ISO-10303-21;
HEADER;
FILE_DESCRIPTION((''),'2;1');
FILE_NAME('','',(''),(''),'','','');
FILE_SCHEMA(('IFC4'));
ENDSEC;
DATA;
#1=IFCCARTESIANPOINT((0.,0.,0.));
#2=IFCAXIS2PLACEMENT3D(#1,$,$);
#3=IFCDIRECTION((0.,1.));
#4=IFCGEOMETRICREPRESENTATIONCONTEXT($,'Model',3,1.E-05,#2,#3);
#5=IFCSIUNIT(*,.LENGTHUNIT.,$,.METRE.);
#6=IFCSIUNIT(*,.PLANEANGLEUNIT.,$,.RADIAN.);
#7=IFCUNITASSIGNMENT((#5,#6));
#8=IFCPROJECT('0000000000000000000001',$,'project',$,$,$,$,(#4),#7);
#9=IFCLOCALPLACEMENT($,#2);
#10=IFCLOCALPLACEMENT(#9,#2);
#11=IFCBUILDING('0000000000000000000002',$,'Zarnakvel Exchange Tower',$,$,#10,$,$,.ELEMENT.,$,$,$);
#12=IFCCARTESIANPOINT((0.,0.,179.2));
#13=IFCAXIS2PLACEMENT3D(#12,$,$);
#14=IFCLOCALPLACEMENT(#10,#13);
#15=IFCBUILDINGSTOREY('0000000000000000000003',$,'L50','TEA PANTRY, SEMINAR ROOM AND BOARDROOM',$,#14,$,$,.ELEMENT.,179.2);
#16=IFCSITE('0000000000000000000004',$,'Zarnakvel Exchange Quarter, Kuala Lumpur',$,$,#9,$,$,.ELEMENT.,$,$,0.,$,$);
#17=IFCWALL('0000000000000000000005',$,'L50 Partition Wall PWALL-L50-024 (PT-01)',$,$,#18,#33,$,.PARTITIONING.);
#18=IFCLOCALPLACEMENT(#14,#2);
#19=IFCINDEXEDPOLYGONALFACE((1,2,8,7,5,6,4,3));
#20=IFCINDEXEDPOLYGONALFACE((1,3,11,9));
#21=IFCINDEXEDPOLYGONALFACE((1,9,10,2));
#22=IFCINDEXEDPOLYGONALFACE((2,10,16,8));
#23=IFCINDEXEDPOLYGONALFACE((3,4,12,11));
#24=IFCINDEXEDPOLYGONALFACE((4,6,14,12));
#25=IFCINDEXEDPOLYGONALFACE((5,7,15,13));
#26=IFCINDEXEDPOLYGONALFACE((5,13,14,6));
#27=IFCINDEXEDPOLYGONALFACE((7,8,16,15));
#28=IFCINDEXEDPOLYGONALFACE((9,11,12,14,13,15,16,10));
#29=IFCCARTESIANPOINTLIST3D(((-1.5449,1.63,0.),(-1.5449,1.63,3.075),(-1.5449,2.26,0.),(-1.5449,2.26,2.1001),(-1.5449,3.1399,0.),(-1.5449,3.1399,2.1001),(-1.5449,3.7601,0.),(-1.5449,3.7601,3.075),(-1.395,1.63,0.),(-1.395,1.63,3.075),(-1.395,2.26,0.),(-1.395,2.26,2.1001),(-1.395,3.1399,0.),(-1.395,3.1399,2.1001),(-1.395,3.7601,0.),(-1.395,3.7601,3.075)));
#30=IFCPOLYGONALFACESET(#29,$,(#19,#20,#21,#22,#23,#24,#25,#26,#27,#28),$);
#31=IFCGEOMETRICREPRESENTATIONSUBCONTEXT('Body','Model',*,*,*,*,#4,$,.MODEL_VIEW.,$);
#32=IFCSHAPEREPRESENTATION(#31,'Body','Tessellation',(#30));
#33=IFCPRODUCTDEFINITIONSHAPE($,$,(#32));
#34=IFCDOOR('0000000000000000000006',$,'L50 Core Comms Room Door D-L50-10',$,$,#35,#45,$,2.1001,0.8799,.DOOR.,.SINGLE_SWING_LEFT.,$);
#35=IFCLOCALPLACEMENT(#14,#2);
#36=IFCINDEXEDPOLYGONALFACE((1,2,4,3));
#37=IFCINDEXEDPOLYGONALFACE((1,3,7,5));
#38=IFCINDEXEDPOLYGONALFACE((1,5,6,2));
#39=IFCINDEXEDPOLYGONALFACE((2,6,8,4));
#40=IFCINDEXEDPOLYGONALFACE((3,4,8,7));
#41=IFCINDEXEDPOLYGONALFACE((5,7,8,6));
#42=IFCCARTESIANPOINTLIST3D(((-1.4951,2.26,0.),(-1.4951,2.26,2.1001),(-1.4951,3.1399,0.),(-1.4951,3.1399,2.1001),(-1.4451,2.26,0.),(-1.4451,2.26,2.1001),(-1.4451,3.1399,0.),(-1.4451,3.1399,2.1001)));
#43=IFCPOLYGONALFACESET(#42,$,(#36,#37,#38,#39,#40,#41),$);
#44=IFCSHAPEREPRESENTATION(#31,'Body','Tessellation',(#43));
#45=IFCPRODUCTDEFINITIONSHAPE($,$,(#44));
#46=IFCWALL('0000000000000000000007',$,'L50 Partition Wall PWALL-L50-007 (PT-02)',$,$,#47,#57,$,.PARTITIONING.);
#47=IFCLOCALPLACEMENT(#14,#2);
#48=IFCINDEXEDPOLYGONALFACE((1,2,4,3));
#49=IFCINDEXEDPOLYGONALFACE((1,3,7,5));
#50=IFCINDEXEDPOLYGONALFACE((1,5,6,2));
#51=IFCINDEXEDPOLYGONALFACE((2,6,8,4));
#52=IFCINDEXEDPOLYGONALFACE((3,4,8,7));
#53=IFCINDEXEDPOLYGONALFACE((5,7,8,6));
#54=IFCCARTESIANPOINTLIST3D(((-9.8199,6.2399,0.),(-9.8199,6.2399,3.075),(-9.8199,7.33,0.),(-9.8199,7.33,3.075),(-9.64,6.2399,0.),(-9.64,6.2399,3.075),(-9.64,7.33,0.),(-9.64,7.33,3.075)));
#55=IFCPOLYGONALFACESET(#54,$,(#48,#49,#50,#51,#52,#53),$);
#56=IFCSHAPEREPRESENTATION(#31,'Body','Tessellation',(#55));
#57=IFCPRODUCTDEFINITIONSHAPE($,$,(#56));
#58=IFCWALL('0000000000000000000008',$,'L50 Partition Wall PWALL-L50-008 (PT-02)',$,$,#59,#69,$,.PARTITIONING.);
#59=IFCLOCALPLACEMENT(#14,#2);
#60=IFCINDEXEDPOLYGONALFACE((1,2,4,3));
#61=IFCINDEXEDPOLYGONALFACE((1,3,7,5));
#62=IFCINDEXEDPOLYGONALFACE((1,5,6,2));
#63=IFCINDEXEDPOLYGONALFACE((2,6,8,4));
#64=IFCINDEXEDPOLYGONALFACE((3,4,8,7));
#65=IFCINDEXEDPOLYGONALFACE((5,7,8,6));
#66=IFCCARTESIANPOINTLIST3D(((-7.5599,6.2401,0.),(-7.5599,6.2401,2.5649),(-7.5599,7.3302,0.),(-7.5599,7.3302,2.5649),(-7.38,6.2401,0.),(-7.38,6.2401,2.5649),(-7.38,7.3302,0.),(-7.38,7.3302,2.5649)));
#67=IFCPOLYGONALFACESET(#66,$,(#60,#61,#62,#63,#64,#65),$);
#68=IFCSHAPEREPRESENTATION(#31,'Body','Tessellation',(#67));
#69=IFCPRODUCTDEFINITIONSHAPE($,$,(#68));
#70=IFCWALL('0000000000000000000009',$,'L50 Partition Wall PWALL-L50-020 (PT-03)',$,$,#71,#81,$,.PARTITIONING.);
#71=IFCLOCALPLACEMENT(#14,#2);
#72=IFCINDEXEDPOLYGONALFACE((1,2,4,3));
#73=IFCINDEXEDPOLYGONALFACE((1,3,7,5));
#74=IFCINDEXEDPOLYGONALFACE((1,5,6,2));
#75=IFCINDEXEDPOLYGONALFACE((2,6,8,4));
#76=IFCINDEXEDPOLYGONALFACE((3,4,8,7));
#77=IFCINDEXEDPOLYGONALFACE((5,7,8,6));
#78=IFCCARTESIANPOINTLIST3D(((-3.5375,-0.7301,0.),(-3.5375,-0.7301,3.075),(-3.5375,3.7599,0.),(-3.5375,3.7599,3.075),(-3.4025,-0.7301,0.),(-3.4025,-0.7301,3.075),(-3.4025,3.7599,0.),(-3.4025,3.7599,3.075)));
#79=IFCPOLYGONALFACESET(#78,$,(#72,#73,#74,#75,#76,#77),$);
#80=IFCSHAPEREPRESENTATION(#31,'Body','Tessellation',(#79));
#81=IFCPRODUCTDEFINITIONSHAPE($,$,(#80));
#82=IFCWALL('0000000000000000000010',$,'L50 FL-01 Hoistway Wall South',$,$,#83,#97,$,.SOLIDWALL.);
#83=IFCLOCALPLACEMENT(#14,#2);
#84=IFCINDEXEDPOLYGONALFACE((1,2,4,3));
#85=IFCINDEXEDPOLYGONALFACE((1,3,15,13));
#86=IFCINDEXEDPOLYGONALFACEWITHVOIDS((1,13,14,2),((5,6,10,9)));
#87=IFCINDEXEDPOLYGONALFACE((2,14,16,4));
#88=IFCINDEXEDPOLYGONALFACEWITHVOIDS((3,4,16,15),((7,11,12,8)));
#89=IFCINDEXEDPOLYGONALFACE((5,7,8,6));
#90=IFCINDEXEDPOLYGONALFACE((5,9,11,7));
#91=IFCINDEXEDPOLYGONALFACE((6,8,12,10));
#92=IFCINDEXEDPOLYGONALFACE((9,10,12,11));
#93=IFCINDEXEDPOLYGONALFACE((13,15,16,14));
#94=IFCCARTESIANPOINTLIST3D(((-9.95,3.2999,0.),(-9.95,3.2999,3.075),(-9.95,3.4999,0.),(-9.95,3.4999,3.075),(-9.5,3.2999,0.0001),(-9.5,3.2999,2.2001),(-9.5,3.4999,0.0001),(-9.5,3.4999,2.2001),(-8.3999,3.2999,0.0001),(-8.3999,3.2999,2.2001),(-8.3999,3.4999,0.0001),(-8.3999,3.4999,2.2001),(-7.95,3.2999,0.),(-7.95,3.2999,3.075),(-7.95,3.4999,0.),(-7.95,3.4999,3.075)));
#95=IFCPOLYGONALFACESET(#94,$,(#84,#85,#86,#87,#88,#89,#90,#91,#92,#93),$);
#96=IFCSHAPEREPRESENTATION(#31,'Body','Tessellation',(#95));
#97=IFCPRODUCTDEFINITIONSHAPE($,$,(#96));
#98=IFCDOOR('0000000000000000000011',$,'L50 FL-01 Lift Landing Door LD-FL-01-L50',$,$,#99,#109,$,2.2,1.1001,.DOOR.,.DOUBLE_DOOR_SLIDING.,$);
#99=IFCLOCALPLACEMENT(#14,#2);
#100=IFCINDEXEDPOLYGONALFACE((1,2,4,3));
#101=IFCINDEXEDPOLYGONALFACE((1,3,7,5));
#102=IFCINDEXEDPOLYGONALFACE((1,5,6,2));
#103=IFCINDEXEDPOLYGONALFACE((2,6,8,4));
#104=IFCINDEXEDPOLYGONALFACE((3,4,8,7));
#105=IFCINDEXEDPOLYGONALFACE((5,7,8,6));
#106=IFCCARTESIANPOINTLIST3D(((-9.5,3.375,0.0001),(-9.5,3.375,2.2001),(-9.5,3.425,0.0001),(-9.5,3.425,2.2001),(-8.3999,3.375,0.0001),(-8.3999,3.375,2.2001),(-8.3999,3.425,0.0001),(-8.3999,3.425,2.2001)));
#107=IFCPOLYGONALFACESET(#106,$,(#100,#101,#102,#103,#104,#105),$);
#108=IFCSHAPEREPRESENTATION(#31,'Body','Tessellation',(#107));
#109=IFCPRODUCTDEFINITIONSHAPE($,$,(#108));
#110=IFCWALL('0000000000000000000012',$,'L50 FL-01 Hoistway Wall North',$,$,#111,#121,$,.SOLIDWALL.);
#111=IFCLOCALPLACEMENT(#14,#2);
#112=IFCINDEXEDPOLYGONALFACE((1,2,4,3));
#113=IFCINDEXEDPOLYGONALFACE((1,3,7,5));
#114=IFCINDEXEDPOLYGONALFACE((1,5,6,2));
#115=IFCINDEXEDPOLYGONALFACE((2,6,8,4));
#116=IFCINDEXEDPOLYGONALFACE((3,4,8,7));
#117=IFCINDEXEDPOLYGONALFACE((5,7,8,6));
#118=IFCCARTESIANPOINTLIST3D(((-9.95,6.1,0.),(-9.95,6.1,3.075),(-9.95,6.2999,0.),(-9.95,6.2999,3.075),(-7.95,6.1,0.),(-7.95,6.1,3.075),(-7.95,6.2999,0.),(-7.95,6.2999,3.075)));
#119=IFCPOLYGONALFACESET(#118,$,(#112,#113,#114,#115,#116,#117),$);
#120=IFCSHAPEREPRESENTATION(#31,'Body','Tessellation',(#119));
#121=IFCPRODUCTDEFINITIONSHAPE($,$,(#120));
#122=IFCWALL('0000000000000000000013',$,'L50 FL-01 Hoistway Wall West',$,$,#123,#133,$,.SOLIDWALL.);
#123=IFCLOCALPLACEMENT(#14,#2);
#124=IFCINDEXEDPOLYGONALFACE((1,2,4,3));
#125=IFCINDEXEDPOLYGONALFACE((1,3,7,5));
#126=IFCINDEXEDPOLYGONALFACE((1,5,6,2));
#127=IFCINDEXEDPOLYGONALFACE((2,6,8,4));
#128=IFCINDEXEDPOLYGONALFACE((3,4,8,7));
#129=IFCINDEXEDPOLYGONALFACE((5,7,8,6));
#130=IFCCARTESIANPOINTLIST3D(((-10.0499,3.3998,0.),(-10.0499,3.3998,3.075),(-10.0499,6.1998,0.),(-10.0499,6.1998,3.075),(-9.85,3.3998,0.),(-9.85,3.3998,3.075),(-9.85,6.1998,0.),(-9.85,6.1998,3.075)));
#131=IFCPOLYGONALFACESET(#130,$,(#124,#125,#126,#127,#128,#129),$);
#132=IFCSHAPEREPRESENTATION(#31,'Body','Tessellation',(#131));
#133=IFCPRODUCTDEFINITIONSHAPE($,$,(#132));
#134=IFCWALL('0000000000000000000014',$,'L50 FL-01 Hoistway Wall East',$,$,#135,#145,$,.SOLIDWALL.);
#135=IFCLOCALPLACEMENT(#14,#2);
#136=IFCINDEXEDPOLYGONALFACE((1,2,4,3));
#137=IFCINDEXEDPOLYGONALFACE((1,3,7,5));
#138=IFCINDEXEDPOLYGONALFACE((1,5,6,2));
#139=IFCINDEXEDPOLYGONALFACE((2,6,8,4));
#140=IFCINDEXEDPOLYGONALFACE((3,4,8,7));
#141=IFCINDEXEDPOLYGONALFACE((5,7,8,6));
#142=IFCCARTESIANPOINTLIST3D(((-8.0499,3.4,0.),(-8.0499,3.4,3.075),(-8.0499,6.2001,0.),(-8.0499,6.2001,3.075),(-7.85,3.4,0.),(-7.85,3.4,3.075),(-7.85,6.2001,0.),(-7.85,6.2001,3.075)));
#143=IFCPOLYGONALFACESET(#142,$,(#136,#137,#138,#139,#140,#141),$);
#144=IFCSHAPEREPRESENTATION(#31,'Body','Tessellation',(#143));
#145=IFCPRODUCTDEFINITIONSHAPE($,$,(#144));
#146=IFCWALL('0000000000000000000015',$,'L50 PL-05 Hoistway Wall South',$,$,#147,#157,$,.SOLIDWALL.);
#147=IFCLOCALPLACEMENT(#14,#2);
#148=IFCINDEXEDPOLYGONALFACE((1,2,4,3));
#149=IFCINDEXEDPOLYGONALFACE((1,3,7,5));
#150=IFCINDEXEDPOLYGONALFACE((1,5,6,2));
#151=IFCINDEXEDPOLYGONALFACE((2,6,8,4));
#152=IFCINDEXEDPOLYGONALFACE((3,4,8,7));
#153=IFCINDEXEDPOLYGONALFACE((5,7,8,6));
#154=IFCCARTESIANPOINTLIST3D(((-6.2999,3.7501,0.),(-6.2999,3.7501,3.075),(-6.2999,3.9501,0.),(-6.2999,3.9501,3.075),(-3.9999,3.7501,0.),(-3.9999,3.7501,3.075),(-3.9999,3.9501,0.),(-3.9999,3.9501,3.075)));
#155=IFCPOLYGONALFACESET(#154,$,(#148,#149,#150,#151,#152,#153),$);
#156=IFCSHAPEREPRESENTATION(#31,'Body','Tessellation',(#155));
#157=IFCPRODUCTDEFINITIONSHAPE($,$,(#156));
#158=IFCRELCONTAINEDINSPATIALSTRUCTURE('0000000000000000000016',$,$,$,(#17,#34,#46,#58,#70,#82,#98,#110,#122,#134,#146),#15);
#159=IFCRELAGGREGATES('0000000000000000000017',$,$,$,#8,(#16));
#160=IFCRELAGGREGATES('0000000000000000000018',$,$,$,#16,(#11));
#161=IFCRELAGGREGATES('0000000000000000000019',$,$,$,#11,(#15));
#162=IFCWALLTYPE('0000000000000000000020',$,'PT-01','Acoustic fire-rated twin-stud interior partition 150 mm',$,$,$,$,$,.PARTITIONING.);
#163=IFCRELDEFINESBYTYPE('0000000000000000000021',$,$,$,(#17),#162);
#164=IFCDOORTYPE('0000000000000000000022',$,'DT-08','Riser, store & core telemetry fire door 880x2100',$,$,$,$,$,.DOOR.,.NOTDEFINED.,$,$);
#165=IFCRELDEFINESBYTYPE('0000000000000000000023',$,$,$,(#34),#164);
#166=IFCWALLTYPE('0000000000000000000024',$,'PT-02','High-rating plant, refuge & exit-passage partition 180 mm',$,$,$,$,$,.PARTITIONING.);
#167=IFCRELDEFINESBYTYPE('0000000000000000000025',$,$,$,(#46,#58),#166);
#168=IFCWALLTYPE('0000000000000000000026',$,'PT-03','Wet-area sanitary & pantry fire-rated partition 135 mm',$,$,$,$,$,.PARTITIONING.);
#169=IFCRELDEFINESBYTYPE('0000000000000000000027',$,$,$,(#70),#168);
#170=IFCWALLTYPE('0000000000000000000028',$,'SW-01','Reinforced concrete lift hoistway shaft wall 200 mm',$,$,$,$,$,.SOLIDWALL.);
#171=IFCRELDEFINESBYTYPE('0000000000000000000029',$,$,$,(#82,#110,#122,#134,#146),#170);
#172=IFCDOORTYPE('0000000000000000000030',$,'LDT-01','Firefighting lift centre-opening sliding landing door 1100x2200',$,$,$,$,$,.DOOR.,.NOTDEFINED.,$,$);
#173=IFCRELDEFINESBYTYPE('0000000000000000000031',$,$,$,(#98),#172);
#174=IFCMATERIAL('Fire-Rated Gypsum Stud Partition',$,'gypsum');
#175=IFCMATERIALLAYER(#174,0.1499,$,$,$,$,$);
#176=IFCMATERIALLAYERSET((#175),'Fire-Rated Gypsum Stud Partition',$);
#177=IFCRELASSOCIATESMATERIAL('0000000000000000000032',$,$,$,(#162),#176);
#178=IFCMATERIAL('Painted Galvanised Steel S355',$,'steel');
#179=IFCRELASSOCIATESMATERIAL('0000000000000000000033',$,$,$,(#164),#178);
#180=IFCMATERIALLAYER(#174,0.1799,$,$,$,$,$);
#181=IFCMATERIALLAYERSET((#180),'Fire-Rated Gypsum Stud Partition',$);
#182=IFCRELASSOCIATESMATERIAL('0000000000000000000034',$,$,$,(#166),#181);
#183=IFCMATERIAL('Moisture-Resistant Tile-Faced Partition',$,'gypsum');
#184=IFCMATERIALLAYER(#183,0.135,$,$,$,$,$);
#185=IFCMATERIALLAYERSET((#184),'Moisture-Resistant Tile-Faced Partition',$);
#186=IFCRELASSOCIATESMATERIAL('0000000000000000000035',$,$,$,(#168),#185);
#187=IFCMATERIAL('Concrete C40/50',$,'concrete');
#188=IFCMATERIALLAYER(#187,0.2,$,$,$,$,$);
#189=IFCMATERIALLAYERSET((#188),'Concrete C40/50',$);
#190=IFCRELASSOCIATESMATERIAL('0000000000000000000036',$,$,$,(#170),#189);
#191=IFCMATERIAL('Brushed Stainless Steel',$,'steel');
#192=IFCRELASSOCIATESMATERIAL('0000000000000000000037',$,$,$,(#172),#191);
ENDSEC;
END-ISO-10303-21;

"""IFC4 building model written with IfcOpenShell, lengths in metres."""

from ifc_helpers import new_model, si_unit, direction, frame, frame_2d, origin, place, context, subcontext, project, spatial, rectangle, extrude, source, transform, mapped, material, layer, layer_set, type_object, element, fill, save


model = new_model("IFC4")

# Units and contexts
model_context = context("Model", 3, precision=1e-05, world=origin(), true_north=direction((0.0, 1.0)))
body_context = subcontext(model_context, "Body", "Model", "MODEL_VIEW")
ifc_project = project(units=[si_unit("LENGTHUNIT", "METRE"), si_unit("PLANEANGLEUNIT", "RADIAN")], contexts=[model_context])

# Site, building, storey
site_placement = place(None, origin())
site = spatial("IfcSite", under=ifc_project, at=site_placement, Name="Zarnakvel Exchange Quarter, Kuala Lumpur", CompositionType="ELEMENT", RefElevation=0.0)
building_placement = place(site_placement, origin())
building = spatial("IfcBuilding", under=site, at=building_placement, Name="Zarnakvel Exchange Tower", CompositionType="ELEMENT")
storey_placement = place(building_placement, frame((0.0, 0.0, 179.2)))
storey = spatial("IfcBuildingStorey", under=building, at=storey_placement, Name="L50", Description="TEA PANTRY, SEMINAR ROOM AND BOARDROOM", CompositionType="ELEMENT", Elevation=179.2)

# Wall, opening, door
ifc_material_1 = material(Name="Fire-Rated Gypsum Stud Partition", Category="gypsum")
ifc_layer_1 = layer(ifc_material_1, 0.1499)
ifc_layer_set_1 = layer_set([ifc_layer_1], Name="Fire-Rated Gypsum Stud Partition")
wall_type_1 = type_object("IfcWallType", Name="PT-01", Description="Acoustic fire-rated twin-stud interior partition 150 mm", PredefinedType="PARTITIONING", material=ifc_layer_set_1)
wall_1_placement = place(storey_placement, frame((-1.47, 3.76, 0.0), z_axis=(0.0, 0.0, 1.0), x_axis=(0.0, -1.0, 0.0)))
wall_1 = element("IfcWall", 1, at=wall_1_placement, inside=storey, type_object=wall_type_1, Name="L50 Partition Wall PWALL-L50-024 (PT-01)", PredefinedType="PARTITIONING", context=body_context, shape_type="SweptSolid", body=[
    extrude(rectangle(XDim=2.1301, YDim=0.1499, at=frame_2d((1.0649, 0.0))), origin(), (0.0, 0.0, 1.0), 3.075),
])
opening_1_placement = place(wall_1_placement, frame((0.6201, 0.0, 0.0)))
opening_1 = element("IfcOpeningElement", 2, at=opening_1_placement, cuts=wall_1, PredefinedType="OPENING", context=body_context, shape_type="SweptSolid", body=[
    extrude(rectangle(XDim=0.8799, YDim=2.1001, at=frame_2d((0.4399, 1.05))), frame((0.0, 0.085, 0.0), z_axis=(0.0, -1.0, 0.0), x_axis=(1.0, 0.0, 0.0)), (0.0, 0.0, 1.0), 0.1699),
])
ifc_material_2 = material(Name="Painted Galvanised Steel S355", Category="steel")
door_type_1 = type_object("IfcDoorType", Name="DT-08", Description="Riser, store & core telemetry fire door 880x2100", OperationType="NOTDEFINED", PredefinedType="DOOR", material=ifc_material_2)
shared_shape_1 = source(origin(), body_context, "Body", "SweptSolid", [
    extrude(rectangle(XDim=0.8799, YDim=2.1001, at=frame_2d((0.4399, 1.05))), frame((0.0, 0.0249, 0.0), z_axis=(0.0, -1.0, 0.0), x_axis=(1.0, 0.0, 0.0)), (0.0, 0.0, 1.0), 0.05),
])
door_1_placement = place(opening_1_placement, origin())
door_1 = element("IfcDoor", 3, at=door_1_placement, inside=storey, type_object=door_type_1, Name="L50 Core Comms Room Door D-L50-10", OperationType="SINGLE_SWING_LEFT", OverallHeight=2.1001, OverallWidth=0.8799, PredefinedType="DOOR", context=body_context, shape_type="MappedRepresentation", body=[
    mapped(shared_shape_1, transform((0.0, 0.0, 0.0), x_axis=(1.0, 0.0, 0.0), y_axis=(0.0, 1.0, 0.0), z_axis=(0.0, 0.0, 1.0), scale=1.0)),
])
fill(opening_1, door_1)

# Walls
ifc_layer_2 = layer(ifc_material_1, 0.1799)
ifc_layer_set_2 = layer_set([ifc_layer_2], Name="Fire-Rated Gypsum Stud Partition")
wall_type_2 = type_object("IfcWallType", Name="PT-02", Description="High-rating plant, refuge & exit-passage partition 180 mm", PredefinedType="PARTITIONING", material=ifc_layer_set_2)
wall_2_placement = place(storey_placement, frame((-9.73, 6.24, 0.0), z_axis=(0.0, 0.0, 1.0), x_axis=(0.0, 1.0, 0.0)))
element("IfcWall", 4, at=wall_2_placement, inside=storey, type_object=wall_type_2, Name="L50 Partition Wall PWALL-L50-007 (PT-02)", PredefinedType="PARTITIONING", context=body_context, shape_type="SweptSolid", body=[
    extrude(rectangle(XDim=1.0901, YDim=0.1799, at=frame_2d((0.5449, 0.0))), origin(), (0.0, 0.0, 1.0), 3.075),
])
wall_3_placement = place(storey_placement, frame((-7.47, 7.3301, 0.0), z_axis=(0.0, 0.0, 1.0), x_axis=(0.0, -1.0, 0.0)))
element("IfcWall", 5, at=wall_3_placement, inside=storey, type_object=wall_type_2, Name="L50 Partition Wall PWALL-L50-008 (PT-02)", PredefinedType="PARTITIONING", context=body_context, shape_type="SweptSolid", body=[
    extrude(rectangle(XDim=1.0901, YDim=0.1799, at=frame_2d((0.5449, 0.0))), origin(), (0.0, 0.0, 1.0), 2.5649),
])
ifc_material_3 = material(Name="Moisture-Resistant Tile-Faced Partition", Category="gypsum")
ifc_layer_3 = layer(ifc_material_3, 0.135)
ifc_layer_set_3 = layer_set([ifc_layer_3], Name="Moisture-Resistant Tile-Faced Partition")
wall_type_3 = type_object("IfcWallType", Name="PT-03", Description="Wet-area sanitary & pantry fire-rated partition 135 mm", PredefinedType="PARTITIONING", material=ifc_layer_set_3)
wall_4_placement = place(storey_placement, frame((-3.47, 3.76, 0.0), z_axis=(0.0, 0.0, 1.0), x_axis=(0.0, -1.0, 0.0)))
element("IfcWall", 6, at=wall_4_placement, inside=storey, type_object=wall_type_3, Name="L50 Partition Wall PWALL-L50-020 (PT-03)", PredefinedType="PARTITIONING", context=body_context, shape_type="SweptSolid", body=[
    extrude(rectangle(XDim=4.49, YDim=0.135, at=frame_2d((2.2451, 0.0))), origin(), (0.0, 0.0, 1.0), 3.075),
])

# Wall, opening, door
ifc_material_4 = material(Name="Concrete C40/50", Category="concrete")
ifc_layer_4 = layer(ifc_material_4, 0.2)
ifc_layer_set_4 = layer_set([ifc_layer_4], Name="Concrete C40/50")
wall_type_4 = type_object("IfcWallType", Name="SW-01", Description="Reinforced concrete lift hoistway shaft wall 200 mm", PredefinedType="SOLIDWALL", material=ifc_layer_set_4)
wall_5_placement = place(storey_placement, frame((-7.95, 3.3999, 0.0), z_axis=(0.0, 0.0, 1.0), x_axis=(-1.0, 0.0, 0.0)))
wall_5 = element("IfcWall", 7, at=wall_5_placement, inside=storey, type_object=wall_type_4, Name="L50 FL-01 Hoistway Wall South", PredefinedType="SOLIDWALL", context=body_context, shape_type="SweptSolid", body=[
    extrude(rectangle(XDim=2.0, YDim=0.2, at=frame_2d((1.0, 0.0))), origin(), (0.0, 0.0, 1.0), 3.075),
])
opening_2_placement = place(wall_5_placement, frame((0.45, 0.0, 0.0)))
opening_2 = element("IfcOpeningElement", 8, at=opening_2_placement, cuts=wall_5, PredefinedType="OPENING", context=body_context, shape_type="SweptSolid", body=[
    extrude(rectangle(XDim=1.1001, YDim=2.2, at=frame_2d((0.55, 1.1001))), frame((0.0, 0.1099, 0.0), z_axis=(0.0, -1.0, 0.0), x_axis=(1.0, 0.0, 0.0)), (0.0, 0.0, 1.0), 0.22),
])
ifc_material_5 = material(Name="Brushed Stainless Steel", Category="steel")
door_type_2 = type_object("IfcDoorType", Name="LDT-01", Description="Firefighting lift centre-opening sliding landing door 1100x2200", OperationType="NOTDEFINED", PredefinedType="DOOR", material=ifc_material_5)
shared_shape_2 = source(origin(), body_context, "Body", "SweptSolid", [
    extrude(rectangle(XDim=1.1001, YDim=2.2, at=frame_2d((0.55, 1.1001))), frame((0.0, 0.0249, 0.0), z_axis=(0.0, -1.0, 0.0), x_axis=(1.0, 0.0, 0.0)), (0.0, 0.0, 1.0), 0.05),
])
door_2_placement = place(opening_2_placement, origin())
door_2 = element("IfcDoor", 9, at=door_2_placement, inside=storey, type_object=door_type_2, Name="L50 FL-01 Lift Landing Door LD-FL-01-L50", OperationType="DOUBLE_DOOR_SLIDING", OverallHeight=2.2, OverallWidth=1.1001, PredefinedType="DOOR", context=body_context, shape_type="MappedRepresentation", body=[
    mapped(shared_shape_2, transform((0.0, 0.0, 0.0), x_axis=(1.0, 0.0, 0.0), y_axis=(0.0, 1.0, 0.0), z_axis=(0.0, 0.0, 1.0), scale=1.0)),
])
fill(opening_2, door_2)

# Walls
wall_6_placement = place(storey_placement, frame((-9.95, 6.2, 0.0), z_axis=(0.0, 0.0, 1.0), x_axis=(1.0, 0.0, 0.0)))
element("IfcWall", 10, at=wall_6_placement, inside=storey, type_object=wall_type_4, Name="L50 FL-01 Hoistway Wall North", PredefinedType="SOLIDWALL", context=body_context, shape_type="SweptSolid", body=[
    extrude(rectangle(XDim=2.0, YDim=0.2, at=frame_2d((1.0, 0.0))), origin(), (0.0, 0.0, 1.0), 3.075),
])
for number, where, z_axis, x_axis, name in (
    (11, (-9.95, 3.3999, 0.0), (0.0, 0.0, 1.0), (0.0, 1.0, 0.0), "L50 FL-01 Hoistway Wall West"),
    (12, (-7.95, 6.2, 0.0), (0.0, 0.0, 1.0), (0.0, -1.0, 0.0), "L50 FL-01 Hoistway Wall East"),
):
    element("IfcWall", number, at=place(storey_placement, frame(where, z_axis=z_axis, x_axis=x_axis)), inside=storey, type_object=wall_type_4, Name=name, PredefinedType="SOLIDWALL", context=body_context, shape_type="SweptSolid", body=[
        extrude(rectangle(XDim=2.8, YDim=0.2, at=frame_2d((1.3999, 0.0))), origin(), (0.0, 0.0, 1.0), 3.075),
    ])
wall_7_placement = place(storey_placement, frame((-4.0, 3.8501, 0.0), z_axis=(0.0, 0.0, 1.0), x_axis=(-1.0, 0.0, 0.0)))
element("IfcWall", 13, at=wall_7_placement, inside=storey, type_object=wall_type_4, Name="L50 PL-05 Hoistway Wall South", PredefinedType="SOLIDWALL", context=body_context, shape_type="SweptSolid", body=[
    extrude(rectangle(XDim=2.3, YDim=0.2, at=frame_2d((1.1499, 0.0))), origin(), (0.0, 0.0, 1.0), 3.075),
])

save(model, "model.ifc")
